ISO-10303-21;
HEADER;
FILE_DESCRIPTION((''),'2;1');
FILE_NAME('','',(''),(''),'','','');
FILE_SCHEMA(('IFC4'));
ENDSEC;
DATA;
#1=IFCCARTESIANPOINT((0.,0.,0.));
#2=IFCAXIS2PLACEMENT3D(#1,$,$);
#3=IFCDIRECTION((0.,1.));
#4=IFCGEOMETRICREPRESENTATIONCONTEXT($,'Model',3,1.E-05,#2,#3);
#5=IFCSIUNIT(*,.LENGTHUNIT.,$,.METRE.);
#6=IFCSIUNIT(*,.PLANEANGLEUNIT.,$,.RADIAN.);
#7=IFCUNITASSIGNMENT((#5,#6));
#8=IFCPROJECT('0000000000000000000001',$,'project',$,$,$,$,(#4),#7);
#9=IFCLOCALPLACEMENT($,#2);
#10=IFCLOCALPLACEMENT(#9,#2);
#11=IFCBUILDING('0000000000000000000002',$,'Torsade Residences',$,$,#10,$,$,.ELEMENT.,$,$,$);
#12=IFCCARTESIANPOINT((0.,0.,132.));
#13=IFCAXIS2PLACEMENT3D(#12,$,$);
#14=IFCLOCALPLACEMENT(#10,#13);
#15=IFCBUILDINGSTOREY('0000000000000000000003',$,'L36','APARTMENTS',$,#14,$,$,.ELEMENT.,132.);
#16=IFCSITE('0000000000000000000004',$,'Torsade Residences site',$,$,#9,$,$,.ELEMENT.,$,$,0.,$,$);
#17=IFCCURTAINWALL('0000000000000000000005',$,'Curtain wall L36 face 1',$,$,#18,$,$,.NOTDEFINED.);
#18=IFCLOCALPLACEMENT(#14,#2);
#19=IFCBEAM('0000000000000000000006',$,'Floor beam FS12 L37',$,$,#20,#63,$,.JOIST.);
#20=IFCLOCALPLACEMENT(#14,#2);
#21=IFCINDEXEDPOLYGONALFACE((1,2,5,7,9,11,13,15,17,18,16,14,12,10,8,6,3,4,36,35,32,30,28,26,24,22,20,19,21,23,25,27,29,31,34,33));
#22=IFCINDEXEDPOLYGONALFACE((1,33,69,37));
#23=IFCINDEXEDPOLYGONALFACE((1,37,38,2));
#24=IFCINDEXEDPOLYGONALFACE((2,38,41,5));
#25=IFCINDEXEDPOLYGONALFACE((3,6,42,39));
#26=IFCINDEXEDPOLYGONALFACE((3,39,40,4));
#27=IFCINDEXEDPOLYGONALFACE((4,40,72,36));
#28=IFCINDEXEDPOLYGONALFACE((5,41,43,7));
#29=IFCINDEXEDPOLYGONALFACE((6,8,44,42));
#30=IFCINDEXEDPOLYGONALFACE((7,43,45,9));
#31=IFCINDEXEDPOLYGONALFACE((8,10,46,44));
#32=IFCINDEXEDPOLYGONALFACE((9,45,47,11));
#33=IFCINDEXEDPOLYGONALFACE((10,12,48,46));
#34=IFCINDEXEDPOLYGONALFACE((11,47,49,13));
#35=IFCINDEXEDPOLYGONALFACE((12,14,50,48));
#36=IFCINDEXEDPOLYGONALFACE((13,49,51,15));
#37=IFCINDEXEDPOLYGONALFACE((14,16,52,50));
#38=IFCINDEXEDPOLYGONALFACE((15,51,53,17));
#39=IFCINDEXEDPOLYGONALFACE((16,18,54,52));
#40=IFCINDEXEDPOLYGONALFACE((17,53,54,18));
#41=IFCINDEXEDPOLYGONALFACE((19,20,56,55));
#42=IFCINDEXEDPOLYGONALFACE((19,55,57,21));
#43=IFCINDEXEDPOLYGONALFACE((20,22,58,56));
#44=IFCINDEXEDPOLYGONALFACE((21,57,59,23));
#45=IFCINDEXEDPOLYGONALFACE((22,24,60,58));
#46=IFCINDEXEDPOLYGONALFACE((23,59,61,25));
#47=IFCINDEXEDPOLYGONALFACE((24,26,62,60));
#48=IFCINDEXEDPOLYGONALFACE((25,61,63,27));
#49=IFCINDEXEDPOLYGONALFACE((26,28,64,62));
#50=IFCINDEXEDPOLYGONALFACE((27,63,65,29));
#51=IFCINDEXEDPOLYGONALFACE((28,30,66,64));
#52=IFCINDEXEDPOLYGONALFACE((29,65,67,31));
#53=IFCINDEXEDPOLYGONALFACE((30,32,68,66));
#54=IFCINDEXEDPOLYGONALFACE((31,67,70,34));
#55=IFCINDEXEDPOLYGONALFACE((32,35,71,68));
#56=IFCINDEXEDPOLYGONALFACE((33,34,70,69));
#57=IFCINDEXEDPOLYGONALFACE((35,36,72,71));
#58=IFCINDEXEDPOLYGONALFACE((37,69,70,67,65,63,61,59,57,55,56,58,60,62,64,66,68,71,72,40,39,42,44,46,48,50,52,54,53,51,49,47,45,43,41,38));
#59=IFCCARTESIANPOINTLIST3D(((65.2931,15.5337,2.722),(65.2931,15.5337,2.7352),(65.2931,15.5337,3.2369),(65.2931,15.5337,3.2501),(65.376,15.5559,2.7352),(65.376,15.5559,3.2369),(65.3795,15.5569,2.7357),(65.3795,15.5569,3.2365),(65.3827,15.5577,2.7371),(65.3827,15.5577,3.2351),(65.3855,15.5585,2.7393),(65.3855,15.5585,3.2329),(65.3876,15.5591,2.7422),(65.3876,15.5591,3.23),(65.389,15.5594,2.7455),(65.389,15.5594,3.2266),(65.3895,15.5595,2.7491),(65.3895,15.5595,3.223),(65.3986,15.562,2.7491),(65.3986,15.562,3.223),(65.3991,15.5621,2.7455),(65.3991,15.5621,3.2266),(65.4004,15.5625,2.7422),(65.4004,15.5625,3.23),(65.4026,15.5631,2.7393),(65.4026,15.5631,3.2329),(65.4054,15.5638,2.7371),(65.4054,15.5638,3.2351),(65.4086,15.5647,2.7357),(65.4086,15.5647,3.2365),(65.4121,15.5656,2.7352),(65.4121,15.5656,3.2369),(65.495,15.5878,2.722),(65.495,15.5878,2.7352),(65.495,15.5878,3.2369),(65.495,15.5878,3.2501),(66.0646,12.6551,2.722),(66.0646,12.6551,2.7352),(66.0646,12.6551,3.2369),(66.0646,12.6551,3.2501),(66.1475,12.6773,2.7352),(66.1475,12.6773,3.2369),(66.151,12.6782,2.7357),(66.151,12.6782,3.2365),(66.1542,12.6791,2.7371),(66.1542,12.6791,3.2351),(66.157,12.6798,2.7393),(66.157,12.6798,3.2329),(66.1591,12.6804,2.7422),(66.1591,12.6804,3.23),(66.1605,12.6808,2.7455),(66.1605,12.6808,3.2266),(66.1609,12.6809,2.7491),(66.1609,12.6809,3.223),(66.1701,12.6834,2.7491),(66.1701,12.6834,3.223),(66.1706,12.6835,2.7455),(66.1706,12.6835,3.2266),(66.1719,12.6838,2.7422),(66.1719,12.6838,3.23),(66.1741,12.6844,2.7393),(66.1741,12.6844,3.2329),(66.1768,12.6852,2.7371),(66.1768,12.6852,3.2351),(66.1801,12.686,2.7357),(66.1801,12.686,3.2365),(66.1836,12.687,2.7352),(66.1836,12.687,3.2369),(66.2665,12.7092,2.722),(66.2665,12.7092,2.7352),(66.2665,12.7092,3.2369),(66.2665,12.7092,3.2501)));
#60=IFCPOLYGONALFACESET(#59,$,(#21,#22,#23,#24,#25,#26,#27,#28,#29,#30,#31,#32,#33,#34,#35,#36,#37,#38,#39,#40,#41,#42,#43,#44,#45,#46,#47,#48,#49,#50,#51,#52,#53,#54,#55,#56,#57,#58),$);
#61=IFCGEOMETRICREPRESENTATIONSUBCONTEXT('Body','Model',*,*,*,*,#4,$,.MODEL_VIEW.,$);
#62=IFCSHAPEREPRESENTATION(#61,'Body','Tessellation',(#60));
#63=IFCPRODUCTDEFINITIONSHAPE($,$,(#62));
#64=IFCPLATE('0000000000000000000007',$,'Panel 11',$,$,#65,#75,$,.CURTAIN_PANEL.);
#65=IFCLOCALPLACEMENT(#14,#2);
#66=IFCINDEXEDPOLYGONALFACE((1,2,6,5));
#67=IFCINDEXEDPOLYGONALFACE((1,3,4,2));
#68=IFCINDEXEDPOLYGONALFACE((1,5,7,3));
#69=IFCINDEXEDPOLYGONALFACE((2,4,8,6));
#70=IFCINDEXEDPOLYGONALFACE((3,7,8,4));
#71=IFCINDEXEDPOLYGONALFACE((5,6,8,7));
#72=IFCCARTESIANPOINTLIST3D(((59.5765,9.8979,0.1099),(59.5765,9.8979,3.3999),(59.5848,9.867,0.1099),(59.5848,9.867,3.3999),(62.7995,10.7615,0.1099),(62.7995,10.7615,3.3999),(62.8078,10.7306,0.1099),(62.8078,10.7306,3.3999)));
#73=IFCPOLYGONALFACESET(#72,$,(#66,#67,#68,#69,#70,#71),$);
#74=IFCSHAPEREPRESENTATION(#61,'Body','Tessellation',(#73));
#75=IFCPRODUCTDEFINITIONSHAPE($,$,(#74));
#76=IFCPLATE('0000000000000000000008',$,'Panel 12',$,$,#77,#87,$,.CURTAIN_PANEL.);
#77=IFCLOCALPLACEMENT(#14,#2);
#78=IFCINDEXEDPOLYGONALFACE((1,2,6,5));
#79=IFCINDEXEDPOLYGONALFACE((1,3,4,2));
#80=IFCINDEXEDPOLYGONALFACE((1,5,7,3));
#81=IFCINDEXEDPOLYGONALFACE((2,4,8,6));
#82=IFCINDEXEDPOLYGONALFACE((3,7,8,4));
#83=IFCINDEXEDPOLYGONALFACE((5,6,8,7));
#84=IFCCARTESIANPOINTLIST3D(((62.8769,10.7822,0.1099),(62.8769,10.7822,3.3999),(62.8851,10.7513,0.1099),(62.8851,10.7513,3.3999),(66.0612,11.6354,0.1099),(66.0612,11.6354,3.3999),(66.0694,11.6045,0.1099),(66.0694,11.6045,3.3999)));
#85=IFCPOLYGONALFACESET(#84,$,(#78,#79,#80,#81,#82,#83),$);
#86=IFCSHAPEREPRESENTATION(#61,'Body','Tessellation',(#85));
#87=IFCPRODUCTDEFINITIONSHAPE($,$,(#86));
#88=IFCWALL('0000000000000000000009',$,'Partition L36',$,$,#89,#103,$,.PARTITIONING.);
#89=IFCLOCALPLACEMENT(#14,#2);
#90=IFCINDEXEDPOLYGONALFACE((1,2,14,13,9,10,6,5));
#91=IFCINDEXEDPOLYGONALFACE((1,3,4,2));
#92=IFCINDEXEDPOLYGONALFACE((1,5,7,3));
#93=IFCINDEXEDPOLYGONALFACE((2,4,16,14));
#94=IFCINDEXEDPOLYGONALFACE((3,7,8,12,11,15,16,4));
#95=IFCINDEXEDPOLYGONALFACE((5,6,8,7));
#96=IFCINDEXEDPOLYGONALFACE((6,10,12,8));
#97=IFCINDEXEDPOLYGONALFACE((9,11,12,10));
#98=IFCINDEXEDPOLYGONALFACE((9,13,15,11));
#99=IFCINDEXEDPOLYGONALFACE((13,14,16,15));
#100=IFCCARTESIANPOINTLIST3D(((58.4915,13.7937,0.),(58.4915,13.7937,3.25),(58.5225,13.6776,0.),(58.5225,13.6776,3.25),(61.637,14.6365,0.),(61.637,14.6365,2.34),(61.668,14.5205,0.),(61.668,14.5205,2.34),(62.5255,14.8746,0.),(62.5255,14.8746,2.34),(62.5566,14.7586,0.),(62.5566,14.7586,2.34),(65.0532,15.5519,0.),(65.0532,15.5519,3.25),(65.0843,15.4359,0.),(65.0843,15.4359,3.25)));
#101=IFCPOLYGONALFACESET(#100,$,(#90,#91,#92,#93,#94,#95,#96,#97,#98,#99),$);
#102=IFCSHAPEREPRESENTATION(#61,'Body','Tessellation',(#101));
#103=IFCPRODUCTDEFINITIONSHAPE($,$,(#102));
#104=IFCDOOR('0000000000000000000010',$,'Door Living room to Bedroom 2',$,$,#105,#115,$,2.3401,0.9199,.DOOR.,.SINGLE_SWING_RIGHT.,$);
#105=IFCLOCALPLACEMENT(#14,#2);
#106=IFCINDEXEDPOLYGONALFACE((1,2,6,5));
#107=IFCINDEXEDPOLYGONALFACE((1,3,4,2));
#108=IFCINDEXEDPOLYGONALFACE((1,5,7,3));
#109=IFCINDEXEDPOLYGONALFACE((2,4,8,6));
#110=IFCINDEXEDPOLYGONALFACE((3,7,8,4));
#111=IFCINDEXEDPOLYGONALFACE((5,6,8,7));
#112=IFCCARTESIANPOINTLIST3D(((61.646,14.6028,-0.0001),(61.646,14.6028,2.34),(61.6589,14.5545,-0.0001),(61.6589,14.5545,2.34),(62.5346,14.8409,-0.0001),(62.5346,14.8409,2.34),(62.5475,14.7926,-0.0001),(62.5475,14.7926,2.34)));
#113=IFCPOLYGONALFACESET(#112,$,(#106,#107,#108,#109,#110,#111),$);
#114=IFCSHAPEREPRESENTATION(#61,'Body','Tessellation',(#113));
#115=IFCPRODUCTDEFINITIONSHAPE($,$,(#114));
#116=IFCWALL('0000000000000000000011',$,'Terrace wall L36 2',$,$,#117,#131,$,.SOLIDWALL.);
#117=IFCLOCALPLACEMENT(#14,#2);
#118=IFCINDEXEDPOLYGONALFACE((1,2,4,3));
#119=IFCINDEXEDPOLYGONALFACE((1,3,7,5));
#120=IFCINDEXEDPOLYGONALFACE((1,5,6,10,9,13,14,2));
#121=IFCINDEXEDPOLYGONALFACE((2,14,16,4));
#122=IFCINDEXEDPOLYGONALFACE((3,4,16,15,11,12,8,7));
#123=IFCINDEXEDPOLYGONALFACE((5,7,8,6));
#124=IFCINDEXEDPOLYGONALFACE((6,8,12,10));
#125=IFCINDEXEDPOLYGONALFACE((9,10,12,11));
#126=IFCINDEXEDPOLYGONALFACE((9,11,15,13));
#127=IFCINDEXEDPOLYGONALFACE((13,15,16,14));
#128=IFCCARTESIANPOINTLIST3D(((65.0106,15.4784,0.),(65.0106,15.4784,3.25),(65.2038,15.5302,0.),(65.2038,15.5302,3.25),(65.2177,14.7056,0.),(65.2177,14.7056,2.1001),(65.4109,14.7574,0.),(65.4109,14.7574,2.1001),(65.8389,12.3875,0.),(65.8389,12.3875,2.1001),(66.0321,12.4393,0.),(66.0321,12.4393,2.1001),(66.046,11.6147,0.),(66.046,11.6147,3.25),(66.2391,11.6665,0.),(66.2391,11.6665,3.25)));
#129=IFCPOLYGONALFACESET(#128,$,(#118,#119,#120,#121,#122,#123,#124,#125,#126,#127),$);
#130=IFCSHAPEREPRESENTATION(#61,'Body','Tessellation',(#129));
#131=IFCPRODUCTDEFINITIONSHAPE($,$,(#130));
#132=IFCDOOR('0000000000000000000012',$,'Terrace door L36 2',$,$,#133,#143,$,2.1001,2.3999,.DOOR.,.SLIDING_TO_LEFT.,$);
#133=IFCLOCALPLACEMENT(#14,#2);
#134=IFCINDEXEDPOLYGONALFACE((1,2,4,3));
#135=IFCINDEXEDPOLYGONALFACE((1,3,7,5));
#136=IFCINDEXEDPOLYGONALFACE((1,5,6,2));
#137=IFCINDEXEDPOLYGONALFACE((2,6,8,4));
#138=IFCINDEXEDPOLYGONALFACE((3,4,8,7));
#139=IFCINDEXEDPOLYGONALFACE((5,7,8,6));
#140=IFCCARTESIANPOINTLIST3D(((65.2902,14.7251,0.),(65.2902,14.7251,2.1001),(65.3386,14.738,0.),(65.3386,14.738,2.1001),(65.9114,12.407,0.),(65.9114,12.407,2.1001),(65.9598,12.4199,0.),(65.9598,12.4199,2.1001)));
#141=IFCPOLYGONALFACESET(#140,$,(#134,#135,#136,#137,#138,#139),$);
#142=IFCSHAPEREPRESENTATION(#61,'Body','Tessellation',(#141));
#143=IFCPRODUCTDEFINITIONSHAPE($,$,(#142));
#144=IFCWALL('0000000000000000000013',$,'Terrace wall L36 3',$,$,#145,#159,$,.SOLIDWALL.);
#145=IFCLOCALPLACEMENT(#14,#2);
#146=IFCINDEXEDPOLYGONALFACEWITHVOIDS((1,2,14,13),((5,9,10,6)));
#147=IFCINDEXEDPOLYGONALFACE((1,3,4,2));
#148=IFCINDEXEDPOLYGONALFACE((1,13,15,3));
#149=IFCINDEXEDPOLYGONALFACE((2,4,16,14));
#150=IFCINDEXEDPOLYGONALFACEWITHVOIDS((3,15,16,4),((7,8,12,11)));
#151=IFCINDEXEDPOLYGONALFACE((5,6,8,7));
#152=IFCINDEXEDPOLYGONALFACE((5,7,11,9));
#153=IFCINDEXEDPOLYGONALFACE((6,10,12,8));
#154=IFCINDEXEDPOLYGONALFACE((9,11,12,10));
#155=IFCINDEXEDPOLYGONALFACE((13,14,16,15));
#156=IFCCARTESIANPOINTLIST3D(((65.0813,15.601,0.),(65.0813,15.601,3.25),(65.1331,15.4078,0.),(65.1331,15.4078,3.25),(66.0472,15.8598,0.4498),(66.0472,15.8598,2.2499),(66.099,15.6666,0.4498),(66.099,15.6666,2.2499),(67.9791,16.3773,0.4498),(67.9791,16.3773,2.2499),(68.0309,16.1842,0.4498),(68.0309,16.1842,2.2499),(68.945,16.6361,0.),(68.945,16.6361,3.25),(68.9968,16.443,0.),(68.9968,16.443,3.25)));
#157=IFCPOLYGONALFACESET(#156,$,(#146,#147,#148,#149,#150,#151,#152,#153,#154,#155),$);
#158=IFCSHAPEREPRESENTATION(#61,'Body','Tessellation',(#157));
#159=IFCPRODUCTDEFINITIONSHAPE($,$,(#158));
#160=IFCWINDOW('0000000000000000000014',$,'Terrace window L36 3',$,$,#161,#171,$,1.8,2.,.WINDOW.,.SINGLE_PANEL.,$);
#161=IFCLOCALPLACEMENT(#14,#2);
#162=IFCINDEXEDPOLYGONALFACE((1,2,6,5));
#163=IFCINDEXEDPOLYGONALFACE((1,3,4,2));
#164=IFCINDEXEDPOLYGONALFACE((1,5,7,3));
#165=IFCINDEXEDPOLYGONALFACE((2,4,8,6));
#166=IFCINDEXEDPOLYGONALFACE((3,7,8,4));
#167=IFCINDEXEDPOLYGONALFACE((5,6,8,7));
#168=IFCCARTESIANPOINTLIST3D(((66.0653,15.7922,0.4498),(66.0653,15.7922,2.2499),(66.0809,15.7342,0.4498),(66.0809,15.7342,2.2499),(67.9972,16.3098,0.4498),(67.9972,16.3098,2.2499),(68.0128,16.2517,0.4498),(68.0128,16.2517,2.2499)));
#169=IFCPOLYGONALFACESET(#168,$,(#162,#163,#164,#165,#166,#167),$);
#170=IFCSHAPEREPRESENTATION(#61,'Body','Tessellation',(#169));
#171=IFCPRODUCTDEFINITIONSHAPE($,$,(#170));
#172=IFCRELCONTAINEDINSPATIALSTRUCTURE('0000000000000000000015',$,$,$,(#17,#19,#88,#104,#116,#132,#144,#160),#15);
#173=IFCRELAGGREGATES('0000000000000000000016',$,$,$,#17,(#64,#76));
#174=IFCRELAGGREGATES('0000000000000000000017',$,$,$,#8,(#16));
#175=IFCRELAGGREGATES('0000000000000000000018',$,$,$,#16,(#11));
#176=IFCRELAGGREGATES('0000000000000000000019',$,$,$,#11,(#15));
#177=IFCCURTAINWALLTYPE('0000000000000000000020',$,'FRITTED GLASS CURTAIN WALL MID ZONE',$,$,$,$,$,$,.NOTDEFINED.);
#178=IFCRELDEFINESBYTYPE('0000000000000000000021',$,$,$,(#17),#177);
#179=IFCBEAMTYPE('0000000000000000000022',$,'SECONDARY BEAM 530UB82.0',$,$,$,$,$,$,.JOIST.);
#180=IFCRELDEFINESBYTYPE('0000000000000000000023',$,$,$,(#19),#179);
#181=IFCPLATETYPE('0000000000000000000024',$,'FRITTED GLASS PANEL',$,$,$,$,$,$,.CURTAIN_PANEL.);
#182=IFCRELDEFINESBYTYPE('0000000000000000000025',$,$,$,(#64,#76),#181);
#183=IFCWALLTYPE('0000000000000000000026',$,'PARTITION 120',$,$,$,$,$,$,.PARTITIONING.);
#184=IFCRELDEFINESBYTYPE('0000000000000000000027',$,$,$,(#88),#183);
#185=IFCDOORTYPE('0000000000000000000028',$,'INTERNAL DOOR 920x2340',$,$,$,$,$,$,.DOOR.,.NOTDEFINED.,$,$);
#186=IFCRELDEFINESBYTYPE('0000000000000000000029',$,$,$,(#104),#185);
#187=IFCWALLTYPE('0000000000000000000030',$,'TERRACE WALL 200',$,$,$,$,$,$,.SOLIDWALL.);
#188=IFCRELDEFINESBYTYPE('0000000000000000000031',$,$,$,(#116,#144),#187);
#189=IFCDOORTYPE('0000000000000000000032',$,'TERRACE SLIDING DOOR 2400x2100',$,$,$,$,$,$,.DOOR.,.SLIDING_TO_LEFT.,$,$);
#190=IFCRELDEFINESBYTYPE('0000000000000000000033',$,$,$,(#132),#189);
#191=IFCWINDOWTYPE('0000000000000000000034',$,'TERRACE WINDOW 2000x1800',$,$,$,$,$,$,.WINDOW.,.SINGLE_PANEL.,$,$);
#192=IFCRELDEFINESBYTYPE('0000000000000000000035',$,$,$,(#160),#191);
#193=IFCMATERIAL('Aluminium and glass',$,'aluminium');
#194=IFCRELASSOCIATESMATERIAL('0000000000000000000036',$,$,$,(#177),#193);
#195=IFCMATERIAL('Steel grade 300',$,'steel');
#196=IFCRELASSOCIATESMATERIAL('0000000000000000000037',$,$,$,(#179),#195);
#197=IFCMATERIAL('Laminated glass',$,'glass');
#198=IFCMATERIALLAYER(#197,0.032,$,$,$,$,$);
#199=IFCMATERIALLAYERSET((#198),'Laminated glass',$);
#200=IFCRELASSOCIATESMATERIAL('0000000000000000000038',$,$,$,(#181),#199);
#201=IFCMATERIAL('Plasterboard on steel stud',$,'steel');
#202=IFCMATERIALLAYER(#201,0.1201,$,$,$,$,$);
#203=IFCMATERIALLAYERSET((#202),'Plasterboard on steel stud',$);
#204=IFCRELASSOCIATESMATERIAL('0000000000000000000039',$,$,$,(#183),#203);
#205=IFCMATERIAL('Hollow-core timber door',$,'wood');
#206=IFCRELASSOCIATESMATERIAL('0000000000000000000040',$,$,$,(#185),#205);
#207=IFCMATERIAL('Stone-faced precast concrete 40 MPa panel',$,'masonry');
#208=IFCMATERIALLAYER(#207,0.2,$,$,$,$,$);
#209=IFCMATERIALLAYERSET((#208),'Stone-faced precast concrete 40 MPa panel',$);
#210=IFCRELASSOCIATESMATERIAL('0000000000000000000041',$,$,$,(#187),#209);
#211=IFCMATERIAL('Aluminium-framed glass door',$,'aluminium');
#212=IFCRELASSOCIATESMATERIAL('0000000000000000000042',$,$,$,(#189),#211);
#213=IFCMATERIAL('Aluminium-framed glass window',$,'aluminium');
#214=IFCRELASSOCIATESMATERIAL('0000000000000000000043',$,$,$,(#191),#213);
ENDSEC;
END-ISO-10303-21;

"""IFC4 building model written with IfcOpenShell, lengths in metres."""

from ifc_helpers import new_model, si_unit, direction, frame, frame_2d, origin, origin_2d, place, context, subcontext, project, spatial, rectangle, i_section, extrude, material, layer, layer_set, material_profile, profile_set, type_object, element, fill, aggregate, save


model = new_model("IFC4")

# Units and contexts
model_context = context("Model", 3, precision=1e-05, world=origin(), true_north=direction((0.0, 1.0)))
body_context = subcontext(model_context, "Body", "Model", "MODEL_VIEW")
ifc_project = project(units=[si_unit("LENGTHUNIT", "METRE"), si_unit("PLANEANGLEUNIT", "RADIAN")], contexts=[model_context])

# Site, building, storey
site_placement = place(None, origin())
site = spatial("IfcSite", under=ifc_project, at=site_placement, Name="Torsade Residences site", CompositionType="ELEMENT", RefElevation=0.0)
building_placement = place(site_placement, origin())
building = spatial("IfcBuilding", under=site, at=building_placement, Name="Torsade Residences", CompositionType="ELEMENT")
storey_placement = place(building_placement, frame((0.0, 0.0, 132.0)))
storey = spatial("IfcBuildingStorey", under=building, at=storey_placement, Name="L36", Description="APARTMENTS", CompositionType="ELEMENT", Elevation=132.0)

# Curtain wall
ifc_material_1 = material(Name="Aluminium and glass", Category="aluminium")
curtain_wall_type = type_object("IfcCurtainWallType", Name="FRITTED GLASS CURTAIN WALL MID ZONE", PredefinedType="NOTDEFINED", material=ifc_material_1)
curtain_wall_placement = place(storey_placement, origin())
curtain_wall = element("IfcCurtainWall", 1, at=curtain_wall_placement, inside=storey, type_object=curtain_wall_type, Name="Curtain wall L36 face 1", PredefinedType="NOTDEFINED")

# Beam
ifc_material_2 = material(Name="Steel grade 300", Category="steel")
ifc_material_profile_1 = material_profile(ifc_material_2, i_section(OverallWidth=0.209, OverallDepth=0.5281, WebThickness=0.0095, FlangeThickness=0.0132, FilletRadius=0.0139, at=origin_2d()), Name="530UB82.0")
ifc_profile_set_1 = profile_set([ifc_material_profile_1], Name="Steel grade 300")
beam_type_1 = type_object("IfcBeamType", Name="SECONDARY BEAM 530UB82.0", PredefinedType="JOIST", material=ifc_profile_set_1)
beam_1_placement = place(storey_placement, frame((66.1655, 12.6821, 2.9861), z_axis=(-0.258866, 0.965913, 0.0), x_axis=(-0.965913, -0.258866, 0.0)))
element("IfcBeam", 2, at=beam_1_placement, inside=storey, type_object=beam_type_1, Name="Floor beam FS12 L37", PredefinedType="JOIST", context=body_context, shape_type="SweptSolid", body=[
    extrude(i_section(OverallWidth=0.209, OverallDepth=0.5281, WebThickness=0.0095, FlangeThickness=0.0132, FilletRadius=0.0139, at=origin_2d()), origin(), (0.0, 0.0, 1.0), 2.9802),
])

# Plates
ifc_material_3 = material(Name="Laminated glass", Category="glass")
ifc_layer_1 = layer(ifc_material_3, 0.032)
ifc_layer_set_1 = layer_set([ifc_layer_1], Name="Laminated glass")
plate_type = type_object("IfcPlateType", Name="FRITTED GLASS PANEL", PredefinedType="CURTAIN_PANEL", material=ifc_layer_set_1)
plate_1_placement = place(storey_placement, frame((61.1921, 10.3142, 0.1099), z_axis=(0.0, 0.0, 1.0), x_axis=(0.965926, 0.258819, 0.0)))
plate_1 = element("IfcPlate", 3, at=plate_1_placement, type_object=plate_type, Name="Panel 11", PredefinedType="CURTAIN_PANEL", context=body_context, shape_type="SweptSolid", body=[
    extrude(rectangle(XDim=3.3367, YDim=0.032, at=origin_2d()), origin(), (0.0, 0.0, 1.0), 3.29),
])
plate_2_placement = place(storey_placement, frame((64.4731, 11.1934, 0.1099), z_axis=(0.0, 0.0, 1.0), x_axis=(0.965926, 0.258819, 0.0)))
plate_2 = element("IfcPlate", 4, at=plate_2_placement, type_object=plate_type, Name="Panel 12", PredefinedType="CURTAIN_PANEL", context=body_context, shape_type="SweptSolid", body=[
    extrude(rectangle(XDim=3.2966, YDim=0.032, at=origin_2d()), origin(), (0.0, 0.0, 1.0), 3.29),
])
aggregate(curtain_wall, [plate_1, plate_2])

# Walls, openings, doors
ifc_material_4 = material(Name="Plasterboard on steel stud", Category="steel")
ifc_layer_2 = layer(ifc_material_4, 0.1201)
ifc_layer_set_2 = layer_set([ifc_layer_2], Name="Plasterboard on steel stud")
wall_type_1 = type_object("IfcWallType", Name="PARTITION 120", PredefinedType="PARTITIONING", material=ifc_layer_set_2)
wall_1_placement = place(storey_placement, frame((65.0686, 15.4939, 0.0), z_axis=(0.0, 0.0, 1.0), x_axis=(-0.965923, -0.25883, 0.0)))
wall_1 = element("IfcWall", 5, at=wall_1_placement, inside=storey, type_object=wall_type_1, Name="Partition L36", PredefinedType="PARTITIONING", context=body_context, shape_type="SweptSolid", body=[
    extrude(rectangle(XDim=6.7932, YDim=0.1201, at=frame_2d((3.3965, 0.0))), origin(), (0.0, 0.0, 1.0), 3.25),
])
opening_1_placement = place(wall_1_placement, frame((2.6167, 0.0, 0.0)))
opening_1 = element("IfcOpeningElement", 6, at=opening_1_placement, cuts=wall_1, PredefinedType="OPENING", context=body_context, shape_type="SweptSolid", body=[
    extrude(rectangle(XDim=0.9199, YDim=2.3401, at=frame_2d((0.46, 1.1699))), frame((0.0, 0.0701, 0.0), z_axis=(0.0, -1.0, 0.0), x_axis=(1.0, 0.0, 0.0)), (0.0, 0.0, 1.0), 0.1401),
])
ifc_material_5 = material(Name="Hollow-core timber door", Category="wood")
door_type_1 = type_object("IfcDoorType", Name="INTERNAL DOOR 920x2340", OperationType="NOTDEFINED", PredefinedType="DOOR", material=ifc_material_5)
door_1_placement = place(opening_1_placement, origin())
door_1 = element("IfcDoor", 7, at=door_1_placement, inside=storey, type_object=door_type_1, Name="Door Living room to Bedroom 2", OperationType="SINGLE_SWING_RIGHT", OverallHeight=2.3401, OverallWidth=0.9199, PredefinedType="DOOR", context=body_context, shape_type="SweptSolid", body=[
    extrude(rectangle(XDim=0.9199, YDim=2.3401, at=frame_2d((0.46, 1.1699))), frame((0.0, 0.0249, 0.0), z_axis=(0.0, -1.0, 0.0), x_axis=(1.0, 0.0, 0.0)), (0.0, 0.0, 1.0), 0.05),
])
fill(opening_1, door_1)
ifc_material_6 = material(Name="Stone-faced precast concrete 40 MPa panel", Category="masonry")
ifc_layer_3 = layer(ifc_material_6, 0.2)
ifc_layer_set_3 = layer_set([ifc_layer_3], Name="Stone-faced precast concrete 40 MPa panel")
wall_type_2 = type_object("IfcWallType", Name="TERRACE WALL 200", PredefinedType="SOLIDWALL", material=ifc_layer_set_3)
wall_2_placement = place(storey_placement, frame((66.1426, 11.6406, 0.0), z_axis=(0.0, 0.0, 1.0), x_axis=(-0.258844, 0.965919, 0.0)))
wall_2 = element("IfcWall", 8, at=wall_2_placement, inside=storey, type_object=wall_type_2, Name="Terrace wall L36 2", PredefinedType="SOLIDWALL", context=body_context, shape_type="SweptSolid", body=[
    extrude(rectangle(XDim=4.0, YDim=0.2, at=frame_2d((2.0, 0.0))), origin(), (0.0, 0.0, 1.0), 3.25),
])
opening_2_placement = place(wall_2_placement, frame((0.8, 0.0, 0.0)))
opening_2 = element("IfcOpeningElement", 9, at=opening_2_placement, cuts=wall_2, PredefinedType="OPENING", context=body_context, shape_type="SweptSolid", body=[
    extrude(rectangle(XDim=2.3999, YDim=2.1001, at=frame_2d((1.2, 1.05))), frame((0.0, 0.1099, 0.0), z_axis=(0.0, -1.0, 0.0), x_axis=(1.0, 0.0, 0.0)), (0.0, 0.0, 1.0), 0.22),
])
ifc_material_7 = material(Name="Aluminium-framed glass door", Category="aluminium")
door_type_2 = type_object("IfcDoorType", Name="TERRACE SLIDING DOOR 2400x2100", OperationType="SLIDING_TO_LEFT", PredefinedType="DOOR", material=ifc_material_7)
door_2_placement = place(opening_2_placement, origin())
door_2 = element("IfcDoor", 10, at=door_2_placement, inside=storey, type_object=door_type_2, Name="Terrace door L36 2", OperationType="SLIDING_TO_LEFT", OverallHeight=2.1001, OverallWidth=2.3999, PredefinedType="DOOR", context=body_context, shape_type="SweptSolid", body=[
    extrude(rectangle(XDim=2.3999, YDim=2.1001, at=frame_2d((1.2, 1.05))), frame((0.0, 0.0249, 0.0), z_axis=(0.0, -1.0, 0.0), x_axis=(1.0, 0.0, 0.0)), (0.0, 0.0, 1.0), 0.05),
])
fill(opening_2, door_2)

# Wall, opening, window
wall_3_placement = place(storey_placement, frame((65.1072, 15.5044, 0.0), z_axis=(0.0, 0.0, 1.0), x_axis=(0.965934, 0.258787, 0.0)))
wall_3 = element("IfcWall", 11, at=wall_3_placement, inside=storey, type_object=wall_type_2, Name="Terrace wall L36 3", PredefinedType="SOLIDWALL", context=body_context, shape_type="SweptSolid", body=[
    extrude(rectangle(XDim=4.0, YDim=0.2, at=frame_2d((2.0, 0.0))), origin(), (0.0, 0.0, 1.0), 3.25),
])
opening_3_placement = place(wall_3_placement, frame((1.0, 0.0, 0.45)))
opening_3 = element("IfcOpeningElement", 12, at=opening_3_placement, cuts=wall_3, PredefinedType="OPENING", context=body_context, shape_type="SweptSolid", body=[
    extrude(rectangle(XDim=2.0, YDim=1.8, at=frame_2d((1.0, 0.8999))), frame((0.0, 0.1099, 0.0), z_axis=(0.0, -1.0, 0.0), x_axis=(1.0, 0.0, 0.0)), (0.0, 0.0, 1.0), 0.22),
])
ifc_material_8 = material(Name="Aluminium-framed glass window", Category="aluminium")
window_type = type_object("IfcWindowType", Name="TERRACE WINDOW 2000x1800", PartitioningType="SINGLE_PANEL", PredefinedType="WINDOW", material=ifc_material_8)
window_placement = place(opening_3_placement, origin())
window = element("IfcWindow", 13, at=window_placement, inside=storey, type_object=window_type, Name="Terrace window L36 3", OverallHeight=1.8, OverallWidth=2.0, PartitioningType="SINGLE_PANEL", PredefinedType="WINDOW", context=body_context, shape_type="SweptSolid", body=[
    extrude(rectangle(XDim=2.0, YDim=1.8, at=frame_2d((1.0, 0.8999))), frame((0.0, 0.03, 0.0), z_axis=(0.0, -1.0, 0.0), x_axis=(1.0, 0.0, 0.0)), (0.0, 0.0, 1.0), 0.0601),
])
fill(opening_3, window)

save(model, "model.ifc")
